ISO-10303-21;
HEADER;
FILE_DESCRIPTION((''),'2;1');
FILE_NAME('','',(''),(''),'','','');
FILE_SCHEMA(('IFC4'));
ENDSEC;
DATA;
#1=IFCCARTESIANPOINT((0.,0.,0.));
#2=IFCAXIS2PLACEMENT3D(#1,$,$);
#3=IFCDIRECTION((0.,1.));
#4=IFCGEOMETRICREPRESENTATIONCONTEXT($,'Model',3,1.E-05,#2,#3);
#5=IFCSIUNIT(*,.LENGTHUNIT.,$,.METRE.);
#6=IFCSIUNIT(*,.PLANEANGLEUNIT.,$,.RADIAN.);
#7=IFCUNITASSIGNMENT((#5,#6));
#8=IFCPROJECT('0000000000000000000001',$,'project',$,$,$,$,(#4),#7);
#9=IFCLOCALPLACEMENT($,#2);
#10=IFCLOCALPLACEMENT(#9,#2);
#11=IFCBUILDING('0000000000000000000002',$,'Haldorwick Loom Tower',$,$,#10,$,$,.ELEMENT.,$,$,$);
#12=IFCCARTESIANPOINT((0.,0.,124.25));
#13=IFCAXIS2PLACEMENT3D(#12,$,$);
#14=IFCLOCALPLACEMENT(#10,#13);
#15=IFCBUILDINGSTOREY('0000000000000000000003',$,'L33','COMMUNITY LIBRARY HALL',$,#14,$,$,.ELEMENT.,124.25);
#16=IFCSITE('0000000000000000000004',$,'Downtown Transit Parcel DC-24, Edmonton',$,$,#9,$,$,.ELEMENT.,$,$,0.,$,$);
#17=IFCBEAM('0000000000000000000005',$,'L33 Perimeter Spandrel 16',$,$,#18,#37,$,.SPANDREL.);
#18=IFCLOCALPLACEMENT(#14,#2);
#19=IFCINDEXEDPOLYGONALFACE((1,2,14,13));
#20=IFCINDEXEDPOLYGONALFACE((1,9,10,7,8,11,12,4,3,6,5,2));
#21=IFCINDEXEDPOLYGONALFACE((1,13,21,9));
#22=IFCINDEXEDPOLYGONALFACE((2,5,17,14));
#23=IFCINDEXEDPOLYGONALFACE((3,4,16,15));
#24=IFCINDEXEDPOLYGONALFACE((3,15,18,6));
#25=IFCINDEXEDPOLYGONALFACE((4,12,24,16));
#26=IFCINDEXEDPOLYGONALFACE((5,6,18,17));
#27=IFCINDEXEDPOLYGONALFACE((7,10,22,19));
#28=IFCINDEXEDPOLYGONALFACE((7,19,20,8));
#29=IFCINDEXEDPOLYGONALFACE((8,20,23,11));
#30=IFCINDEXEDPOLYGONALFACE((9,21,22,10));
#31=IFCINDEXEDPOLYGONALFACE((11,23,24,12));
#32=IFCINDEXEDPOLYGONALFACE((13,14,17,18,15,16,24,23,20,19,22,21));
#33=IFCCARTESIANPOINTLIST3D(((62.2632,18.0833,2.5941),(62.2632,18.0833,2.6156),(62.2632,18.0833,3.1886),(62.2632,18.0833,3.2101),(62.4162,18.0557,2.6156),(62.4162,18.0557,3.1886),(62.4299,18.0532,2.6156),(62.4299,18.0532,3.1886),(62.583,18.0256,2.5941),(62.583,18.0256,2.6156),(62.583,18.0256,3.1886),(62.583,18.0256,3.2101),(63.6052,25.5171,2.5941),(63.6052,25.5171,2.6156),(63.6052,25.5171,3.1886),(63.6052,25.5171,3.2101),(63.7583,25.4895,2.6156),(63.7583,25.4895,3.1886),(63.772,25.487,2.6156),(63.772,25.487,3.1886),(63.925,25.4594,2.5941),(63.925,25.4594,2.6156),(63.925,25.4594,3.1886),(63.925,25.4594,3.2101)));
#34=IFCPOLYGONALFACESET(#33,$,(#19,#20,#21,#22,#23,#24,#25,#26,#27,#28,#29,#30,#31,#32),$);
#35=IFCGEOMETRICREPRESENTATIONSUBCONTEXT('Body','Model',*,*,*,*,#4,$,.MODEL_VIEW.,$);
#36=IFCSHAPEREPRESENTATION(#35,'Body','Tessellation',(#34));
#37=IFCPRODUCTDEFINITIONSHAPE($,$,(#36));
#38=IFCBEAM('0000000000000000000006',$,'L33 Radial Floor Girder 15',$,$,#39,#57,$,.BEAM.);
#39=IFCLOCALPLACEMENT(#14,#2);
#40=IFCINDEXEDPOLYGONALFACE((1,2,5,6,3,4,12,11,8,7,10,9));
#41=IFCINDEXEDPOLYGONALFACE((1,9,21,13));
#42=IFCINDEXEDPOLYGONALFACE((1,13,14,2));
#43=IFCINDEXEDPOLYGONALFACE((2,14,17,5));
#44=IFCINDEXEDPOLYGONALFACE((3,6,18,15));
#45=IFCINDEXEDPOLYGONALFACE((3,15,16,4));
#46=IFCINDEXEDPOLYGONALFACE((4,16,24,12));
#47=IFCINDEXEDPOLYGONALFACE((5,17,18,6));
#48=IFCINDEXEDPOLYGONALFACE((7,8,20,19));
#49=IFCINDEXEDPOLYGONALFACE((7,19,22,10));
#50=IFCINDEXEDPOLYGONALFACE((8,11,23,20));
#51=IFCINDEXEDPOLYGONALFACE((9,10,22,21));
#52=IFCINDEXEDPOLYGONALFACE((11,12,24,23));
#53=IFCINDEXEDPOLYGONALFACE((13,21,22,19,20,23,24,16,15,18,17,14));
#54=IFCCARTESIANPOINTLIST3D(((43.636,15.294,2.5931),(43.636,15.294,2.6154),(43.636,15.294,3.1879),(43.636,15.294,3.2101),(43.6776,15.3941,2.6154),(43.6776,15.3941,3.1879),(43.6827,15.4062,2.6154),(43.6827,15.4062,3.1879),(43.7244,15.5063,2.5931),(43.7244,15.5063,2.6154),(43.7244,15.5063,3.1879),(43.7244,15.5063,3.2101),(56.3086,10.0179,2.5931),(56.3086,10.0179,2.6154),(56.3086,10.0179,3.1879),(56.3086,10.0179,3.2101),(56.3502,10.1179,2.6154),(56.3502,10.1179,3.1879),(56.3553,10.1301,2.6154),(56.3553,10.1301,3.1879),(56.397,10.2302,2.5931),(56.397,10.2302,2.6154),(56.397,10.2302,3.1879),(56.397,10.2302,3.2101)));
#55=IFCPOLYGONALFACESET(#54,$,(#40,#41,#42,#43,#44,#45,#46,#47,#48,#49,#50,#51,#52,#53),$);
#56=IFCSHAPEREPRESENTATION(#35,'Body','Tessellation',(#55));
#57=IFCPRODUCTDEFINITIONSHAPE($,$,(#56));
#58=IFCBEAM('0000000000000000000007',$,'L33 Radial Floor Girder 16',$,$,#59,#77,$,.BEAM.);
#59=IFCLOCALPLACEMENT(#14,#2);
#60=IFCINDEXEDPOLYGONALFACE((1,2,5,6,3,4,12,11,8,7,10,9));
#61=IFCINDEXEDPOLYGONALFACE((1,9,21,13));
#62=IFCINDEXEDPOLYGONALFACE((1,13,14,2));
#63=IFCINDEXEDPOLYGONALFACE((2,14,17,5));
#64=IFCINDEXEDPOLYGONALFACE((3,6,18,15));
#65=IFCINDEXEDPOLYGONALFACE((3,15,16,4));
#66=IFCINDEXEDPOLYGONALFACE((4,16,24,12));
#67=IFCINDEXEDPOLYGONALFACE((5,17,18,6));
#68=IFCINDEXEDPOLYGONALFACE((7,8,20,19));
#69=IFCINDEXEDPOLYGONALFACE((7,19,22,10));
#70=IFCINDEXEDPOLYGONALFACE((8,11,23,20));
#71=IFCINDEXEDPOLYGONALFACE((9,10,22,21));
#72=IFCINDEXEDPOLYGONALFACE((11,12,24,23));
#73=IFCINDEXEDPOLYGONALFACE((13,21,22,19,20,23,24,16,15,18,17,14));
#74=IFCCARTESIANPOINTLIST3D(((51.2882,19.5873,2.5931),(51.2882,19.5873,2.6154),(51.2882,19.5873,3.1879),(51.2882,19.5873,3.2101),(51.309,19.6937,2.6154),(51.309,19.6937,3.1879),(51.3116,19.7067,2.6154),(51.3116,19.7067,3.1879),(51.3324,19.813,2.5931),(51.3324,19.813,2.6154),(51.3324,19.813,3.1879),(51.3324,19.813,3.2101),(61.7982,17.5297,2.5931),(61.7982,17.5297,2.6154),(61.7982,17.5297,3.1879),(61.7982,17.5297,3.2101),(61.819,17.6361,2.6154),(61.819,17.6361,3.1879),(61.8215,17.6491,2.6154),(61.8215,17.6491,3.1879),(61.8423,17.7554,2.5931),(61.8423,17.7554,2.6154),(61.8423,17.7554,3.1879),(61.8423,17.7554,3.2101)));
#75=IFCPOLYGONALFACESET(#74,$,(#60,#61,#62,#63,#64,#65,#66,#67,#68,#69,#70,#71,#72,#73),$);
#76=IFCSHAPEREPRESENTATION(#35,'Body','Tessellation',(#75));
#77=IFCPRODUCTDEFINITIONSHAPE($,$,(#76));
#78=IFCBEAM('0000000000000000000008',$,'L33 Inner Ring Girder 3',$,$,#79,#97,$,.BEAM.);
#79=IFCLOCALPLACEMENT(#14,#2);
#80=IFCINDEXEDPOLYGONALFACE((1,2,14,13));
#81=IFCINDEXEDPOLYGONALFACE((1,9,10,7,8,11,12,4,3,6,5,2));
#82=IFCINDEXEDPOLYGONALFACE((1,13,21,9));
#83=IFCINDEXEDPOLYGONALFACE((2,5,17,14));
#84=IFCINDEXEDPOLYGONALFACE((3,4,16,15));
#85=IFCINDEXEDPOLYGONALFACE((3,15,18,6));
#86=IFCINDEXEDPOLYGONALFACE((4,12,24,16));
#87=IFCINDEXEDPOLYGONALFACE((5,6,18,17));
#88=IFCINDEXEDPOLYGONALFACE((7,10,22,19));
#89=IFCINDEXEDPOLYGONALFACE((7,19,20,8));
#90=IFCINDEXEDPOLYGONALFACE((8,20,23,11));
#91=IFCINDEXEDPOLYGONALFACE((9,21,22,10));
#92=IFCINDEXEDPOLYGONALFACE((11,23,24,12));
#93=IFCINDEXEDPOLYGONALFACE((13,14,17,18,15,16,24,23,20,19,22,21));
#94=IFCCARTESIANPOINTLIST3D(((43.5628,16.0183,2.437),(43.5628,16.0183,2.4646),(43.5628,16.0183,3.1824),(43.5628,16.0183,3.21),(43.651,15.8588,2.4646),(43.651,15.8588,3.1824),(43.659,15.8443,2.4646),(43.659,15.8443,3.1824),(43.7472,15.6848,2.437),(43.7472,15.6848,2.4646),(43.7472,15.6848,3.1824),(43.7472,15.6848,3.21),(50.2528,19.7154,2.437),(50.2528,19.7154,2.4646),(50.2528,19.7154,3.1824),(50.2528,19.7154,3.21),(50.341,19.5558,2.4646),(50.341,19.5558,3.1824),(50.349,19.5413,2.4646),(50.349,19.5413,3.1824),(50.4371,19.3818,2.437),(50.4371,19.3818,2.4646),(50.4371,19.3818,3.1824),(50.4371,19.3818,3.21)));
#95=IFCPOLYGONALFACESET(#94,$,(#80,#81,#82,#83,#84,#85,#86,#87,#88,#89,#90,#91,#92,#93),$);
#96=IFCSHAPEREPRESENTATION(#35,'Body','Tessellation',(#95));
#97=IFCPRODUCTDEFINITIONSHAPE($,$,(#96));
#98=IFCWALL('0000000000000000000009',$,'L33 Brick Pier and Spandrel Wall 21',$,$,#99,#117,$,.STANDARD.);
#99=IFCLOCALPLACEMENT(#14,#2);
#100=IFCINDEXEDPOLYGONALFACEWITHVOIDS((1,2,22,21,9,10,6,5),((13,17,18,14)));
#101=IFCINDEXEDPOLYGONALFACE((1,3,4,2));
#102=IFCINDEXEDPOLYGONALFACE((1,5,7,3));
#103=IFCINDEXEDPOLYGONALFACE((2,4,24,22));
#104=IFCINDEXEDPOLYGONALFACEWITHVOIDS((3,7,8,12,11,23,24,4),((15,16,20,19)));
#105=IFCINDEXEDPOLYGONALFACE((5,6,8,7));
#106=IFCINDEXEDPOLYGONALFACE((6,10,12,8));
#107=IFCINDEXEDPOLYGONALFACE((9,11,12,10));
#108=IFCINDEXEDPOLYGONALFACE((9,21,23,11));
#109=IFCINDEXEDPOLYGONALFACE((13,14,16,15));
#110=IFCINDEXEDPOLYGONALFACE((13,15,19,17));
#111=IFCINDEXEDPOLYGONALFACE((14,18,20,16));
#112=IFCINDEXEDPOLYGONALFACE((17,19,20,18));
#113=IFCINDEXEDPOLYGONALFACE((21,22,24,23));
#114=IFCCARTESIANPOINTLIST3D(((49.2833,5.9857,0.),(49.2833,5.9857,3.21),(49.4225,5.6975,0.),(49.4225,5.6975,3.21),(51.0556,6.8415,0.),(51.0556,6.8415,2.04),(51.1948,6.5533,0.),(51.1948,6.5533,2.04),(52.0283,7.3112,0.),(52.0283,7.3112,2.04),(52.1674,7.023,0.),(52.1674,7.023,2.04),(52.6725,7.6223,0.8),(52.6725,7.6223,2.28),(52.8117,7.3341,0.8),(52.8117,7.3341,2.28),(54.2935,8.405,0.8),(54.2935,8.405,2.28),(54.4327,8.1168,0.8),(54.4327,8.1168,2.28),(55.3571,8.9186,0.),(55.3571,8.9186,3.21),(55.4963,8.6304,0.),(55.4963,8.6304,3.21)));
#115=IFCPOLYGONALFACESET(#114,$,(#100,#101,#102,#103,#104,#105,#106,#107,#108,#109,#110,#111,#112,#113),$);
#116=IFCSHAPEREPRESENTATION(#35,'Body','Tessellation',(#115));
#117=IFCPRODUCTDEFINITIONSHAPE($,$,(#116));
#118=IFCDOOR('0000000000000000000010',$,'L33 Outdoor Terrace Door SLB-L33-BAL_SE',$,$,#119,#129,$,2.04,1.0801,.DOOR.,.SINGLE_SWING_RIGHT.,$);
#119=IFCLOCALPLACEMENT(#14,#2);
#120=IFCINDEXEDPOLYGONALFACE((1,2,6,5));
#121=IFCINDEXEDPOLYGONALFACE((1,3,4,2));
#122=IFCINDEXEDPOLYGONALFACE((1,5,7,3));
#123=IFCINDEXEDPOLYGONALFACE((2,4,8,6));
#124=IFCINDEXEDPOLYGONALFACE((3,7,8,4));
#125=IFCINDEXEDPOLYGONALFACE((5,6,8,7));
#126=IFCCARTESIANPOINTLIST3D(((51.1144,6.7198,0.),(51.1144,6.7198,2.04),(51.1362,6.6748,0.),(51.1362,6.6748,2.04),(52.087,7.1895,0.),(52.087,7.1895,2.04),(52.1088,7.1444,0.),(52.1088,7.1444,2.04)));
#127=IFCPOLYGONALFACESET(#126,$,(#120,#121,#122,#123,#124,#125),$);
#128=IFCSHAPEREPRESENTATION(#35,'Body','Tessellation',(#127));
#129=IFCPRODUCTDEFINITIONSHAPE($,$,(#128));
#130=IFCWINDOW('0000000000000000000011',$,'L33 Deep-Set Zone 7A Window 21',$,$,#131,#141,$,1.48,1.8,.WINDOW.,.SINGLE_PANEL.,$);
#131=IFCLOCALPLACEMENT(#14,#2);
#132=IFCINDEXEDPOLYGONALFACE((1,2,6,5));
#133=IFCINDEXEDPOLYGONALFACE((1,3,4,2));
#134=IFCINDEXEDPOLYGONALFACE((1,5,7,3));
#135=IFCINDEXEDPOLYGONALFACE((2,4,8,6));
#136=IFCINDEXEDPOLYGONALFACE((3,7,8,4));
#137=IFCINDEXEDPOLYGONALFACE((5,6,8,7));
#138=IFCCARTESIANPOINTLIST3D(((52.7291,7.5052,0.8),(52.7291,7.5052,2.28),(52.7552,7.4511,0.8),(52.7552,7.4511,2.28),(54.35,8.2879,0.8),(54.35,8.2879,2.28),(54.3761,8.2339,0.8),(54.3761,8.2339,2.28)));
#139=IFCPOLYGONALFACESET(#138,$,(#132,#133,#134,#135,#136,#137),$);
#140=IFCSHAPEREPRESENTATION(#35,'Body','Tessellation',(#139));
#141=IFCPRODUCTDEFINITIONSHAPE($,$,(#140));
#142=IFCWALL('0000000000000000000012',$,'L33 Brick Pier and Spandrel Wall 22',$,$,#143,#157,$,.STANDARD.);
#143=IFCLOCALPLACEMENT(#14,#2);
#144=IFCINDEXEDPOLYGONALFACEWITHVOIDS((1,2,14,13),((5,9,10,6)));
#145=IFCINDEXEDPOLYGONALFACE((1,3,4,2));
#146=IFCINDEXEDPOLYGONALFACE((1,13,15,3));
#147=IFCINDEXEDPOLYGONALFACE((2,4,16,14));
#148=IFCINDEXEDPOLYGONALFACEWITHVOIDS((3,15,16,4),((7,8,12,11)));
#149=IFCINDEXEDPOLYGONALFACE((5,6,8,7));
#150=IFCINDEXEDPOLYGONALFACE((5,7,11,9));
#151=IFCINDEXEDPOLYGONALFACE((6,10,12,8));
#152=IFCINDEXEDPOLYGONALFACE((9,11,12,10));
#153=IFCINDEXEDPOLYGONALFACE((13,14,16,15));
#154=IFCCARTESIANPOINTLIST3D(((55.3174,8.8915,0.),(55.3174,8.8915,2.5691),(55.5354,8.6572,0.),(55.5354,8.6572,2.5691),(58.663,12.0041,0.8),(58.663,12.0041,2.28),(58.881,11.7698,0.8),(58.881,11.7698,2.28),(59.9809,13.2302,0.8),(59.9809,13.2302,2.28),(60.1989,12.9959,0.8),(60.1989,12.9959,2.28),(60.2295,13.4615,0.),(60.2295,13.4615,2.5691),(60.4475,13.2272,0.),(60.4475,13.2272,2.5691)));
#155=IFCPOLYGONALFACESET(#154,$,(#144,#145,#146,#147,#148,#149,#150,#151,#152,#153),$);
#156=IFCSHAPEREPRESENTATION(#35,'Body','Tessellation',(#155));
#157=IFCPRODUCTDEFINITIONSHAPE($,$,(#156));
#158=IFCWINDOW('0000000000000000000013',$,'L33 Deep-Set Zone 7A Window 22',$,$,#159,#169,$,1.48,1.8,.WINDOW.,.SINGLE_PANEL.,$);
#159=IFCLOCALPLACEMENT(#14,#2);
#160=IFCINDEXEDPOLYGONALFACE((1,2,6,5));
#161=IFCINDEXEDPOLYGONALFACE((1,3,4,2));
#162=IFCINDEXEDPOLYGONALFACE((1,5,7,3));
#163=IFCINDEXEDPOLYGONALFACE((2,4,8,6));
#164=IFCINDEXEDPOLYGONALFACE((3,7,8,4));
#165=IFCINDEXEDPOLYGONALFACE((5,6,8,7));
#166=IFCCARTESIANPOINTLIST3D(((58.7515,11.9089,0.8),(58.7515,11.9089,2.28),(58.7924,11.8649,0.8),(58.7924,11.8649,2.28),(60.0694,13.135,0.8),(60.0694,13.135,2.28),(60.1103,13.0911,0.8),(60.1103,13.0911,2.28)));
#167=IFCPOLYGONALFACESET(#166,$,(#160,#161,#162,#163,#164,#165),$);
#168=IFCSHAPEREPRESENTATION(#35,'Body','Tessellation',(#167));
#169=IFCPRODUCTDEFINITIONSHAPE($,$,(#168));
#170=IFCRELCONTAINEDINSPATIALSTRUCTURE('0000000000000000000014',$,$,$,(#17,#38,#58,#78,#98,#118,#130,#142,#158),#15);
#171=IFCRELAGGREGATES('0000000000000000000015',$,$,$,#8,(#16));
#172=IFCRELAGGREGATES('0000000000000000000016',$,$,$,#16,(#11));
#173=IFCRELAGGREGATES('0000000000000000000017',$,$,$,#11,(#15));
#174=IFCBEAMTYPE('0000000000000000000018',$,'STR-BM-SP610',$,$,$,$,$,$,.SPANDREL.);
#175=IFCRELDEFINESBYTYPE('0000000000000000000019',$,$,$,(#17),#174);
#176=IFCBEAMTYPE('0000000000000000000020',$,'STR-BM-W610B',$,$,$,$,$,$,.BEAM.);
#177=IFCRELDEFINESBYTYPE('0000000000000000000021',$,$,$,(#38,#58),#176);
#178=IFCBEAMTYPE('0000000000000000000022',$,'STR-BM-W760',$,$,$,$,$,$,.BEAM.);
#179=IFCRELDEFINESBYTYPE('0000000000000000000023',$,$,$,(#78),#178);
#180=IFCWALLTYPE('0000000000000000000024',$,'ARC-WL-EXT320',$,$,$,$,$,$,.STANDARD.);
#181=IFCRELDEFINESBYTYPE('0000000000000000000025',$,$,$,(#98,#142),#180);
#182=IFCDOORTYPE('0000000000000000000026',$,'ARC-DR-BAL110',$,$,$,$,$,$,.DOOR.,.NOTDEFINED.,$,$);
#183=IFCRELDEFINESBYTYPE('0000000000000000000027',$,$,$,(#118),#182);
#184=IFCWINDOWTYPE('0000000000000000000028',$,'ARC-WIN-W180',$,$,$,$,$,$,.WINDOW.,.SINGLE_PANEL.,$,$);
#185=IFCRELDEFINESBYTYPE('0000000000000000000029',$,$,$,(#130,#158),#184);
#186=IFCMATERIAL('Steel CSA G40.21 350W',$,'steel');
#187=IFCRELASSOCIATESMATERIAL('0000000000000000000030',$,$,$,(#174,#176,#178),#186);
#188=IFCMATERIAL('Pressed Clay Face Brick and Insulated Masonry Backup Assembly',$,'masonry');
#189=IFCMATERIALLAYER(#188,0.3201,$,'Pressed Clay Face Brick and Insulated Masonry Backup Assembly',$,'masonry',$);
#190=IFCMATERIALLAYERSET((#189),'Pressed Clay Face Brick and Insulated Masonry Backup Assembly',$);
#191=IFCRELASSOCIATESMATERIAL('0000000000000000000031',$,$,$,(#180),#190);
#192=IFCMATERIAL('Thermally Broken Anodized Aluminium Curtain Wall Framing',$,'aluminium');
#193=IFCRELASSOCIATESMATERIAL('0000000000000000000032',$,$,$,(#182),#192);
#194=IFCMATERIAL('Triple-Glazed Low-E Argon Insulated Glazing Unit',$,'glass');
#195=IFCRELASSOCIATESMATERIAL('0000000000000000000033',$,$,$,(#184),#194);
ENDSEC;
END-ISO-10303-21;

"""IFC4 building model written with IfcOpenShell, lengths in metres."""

from ifc_helpers import new_model, si_unit, direction, frame, frame_2d, origin, origin_2d, place, context, subcontext, project, spatial, rectangle, i_section, extrude, material, layer, layer_set, material_profile, profile_set, type_object, element, fill, save


model = new_model("IFC4")

# Units and contexts
model_context = context("Model", 3, precision=1e-05, world=origin(), true_north=direction((0.0, 1.0)))
body_context = subcontext(model_context, "Body", "Model", "MODEL_VIEW")
ifc_project = project(units=[si_unit("LENGTHUNIT", "METRE"), si_unit("PLANEANGLEUNIT", "RADIAN")], contexts=[model_context])

# Site, building, storey
site_placement = place(None, origin())
site = spatial("IfcSite", under=ifc_project, at=site_placement, Name="Downtown Transit Parcel DC-24, Edmonton", CompositionType="ELEMENT", RefElevation=0.0)
building_placement = place(site_placement, origin())
building = spatial("IfcBuilding", under=site, at=building_placement, Name="Haldorwick Loom Tower", CompositionType="ELEMENT")
storey_placement = place(building_placement, frame((0.0, 0.0, 124.25)))
storey = spatial("IfcBuildingStorey", under=building, at=storey_placement, Name="L33", Description="COMMUNITY LIBRARY HALL", CompositionType="ELEMENT", Elevation=124.25)

# Beams
ifc_material_1 = material(Name="Steel CSA G40.21 350W", Category="steel")
ifc_material_profile_1 = material_profile(ifc_material_1, i_section(OverallWidth=0.325, OverallDepth=0.616, WebThickness=0.0139, FlangeThickness=0.0215, at=origin_2d()), Name="W610X174", Category="steel")
ifc_profile_set_1 = profile_set([ifc_material_profile_1], Name="Steel CSA G40.21 350W")
beam_type_1 = type_object("IfcBeamType", Name="STR-BM-SP610", PredefinedType="SPANDREL", material=ifc_profile_set_1)
beam_1_placement = place(storey_placement, frame((62.4231, 18.0544, 2.9021), z_axis=(0.177659, 0.984092, 0.0), x_axis=(-0.984092, 0.177659, 0.0)))
element("IfcBeam", 1, at=beam_1_placement, inside=storey, type_object=beam_type_1, Name="L33 Perimeter Spandrel 16", PredefinedType="SPANDREL", context=body_context, shape_type="SweptSolid", body=[
    extrude(i_section(OverallWidth=0.325, OverallDepth=0.616, WebThickness=0.0139, FlangeThickness=0.0215, at=origin_2d()), origin(), (0.0, 0.0, 1.0), 7.554),
])
ifc_material_profile_2 = material_profile(ifc_material_1, i_section(OverallWidth=0.23, OverallDepth=0.6169, WebThickness=0.0132, FlangeThickness=0.0222, at=origin_2d()), Name="W610X140", Category="steel")
ifc_profile_set_2 = profile_set([ifc_material_profile_2], Name="Steel CSA G40.21 350W")
beam_type_2 = type_object("IfcBeamType", Name="STR-BM-W610B", PredefinedType="BEAM", material=ifc_profile_set_2)
beam_2_placement = place(storey_placement, frame((43.6802, 15.4001, 2.9016), z_axis=(0.923184, -0.384359, 0.0), x_axis=(0.384359, 0.923184, 0.0)))
element("IfcBeam", 2, at=beam_2_placement, inside=storey, type_object=beam_type_2, Name="L33 Radial Floor Girder 15", PredefinedType="BEAM", context=body_context, shape_type="SweptSolid", body=[
    extrude(i_section(OverallWidth=0.23, OverallDepth=0.6169, WebThickness=0.0132, FlangeThickness=0.0222, at=origin_2d()), origin(), (0.0, 0.0, 1.0), 13.7271),
])
beam_3_placement = place(storey_placement, frame((51.3103, 19.7002, 2.9016), z_axis=(0.98137, -0.192129, 0.0), x_axis=(0.192129, 0.98137, 0.0)))
element("IfcBeam", 3, at=beam_3_placement, inside=storey, type_object=beam_type_2, Name="L33 Radial Floor Girder 16", PredefinedType="BEAM", context=body_context, shape_type="SweptSolid", body=[
    extrude(i_section(OverallWidth=0.23, OverallDepth=0.6169, WebThickness=0.0132, FlangeThickness=0.0222, at=origin_2d()), origin(), (0.0, 0.0, 1.0), 10.7095),
])
ifc_material_profile_3 = material_profile(ifc_material_1, i_section(OverallWidth=0.3811, OverallDepth=0.7729, WebThickness=0.0166, FlangeThickness=0.0276, at=origin_2d()), Name="W760X257", Category="steel")
ifc_profile_set_3 = profile_set([ifc_material_profile_3], Name="Steel CSA G40.21 350W")
beam_type_3 = type_object("IfcBeamType", Name="STR-BM-W760", PredefinedType="BEAM", material=ifc_profile_set_3)
beam_4_placement = place(storey_placement, frame((50.345, 19.5486, 2.8235), z_axis=(-0.875244, -0.483681, 0.0), x_axis=(0.483681, -0.875244, 0.0)))
element("IfcBeam", 4, at=beam_4_placement, inside=storey, type_object=beam_type_3, Name="L33 Inner Ring Girder 3", PredefinedType="BEAM", context=body_context, shape_type="SweptSolid", body=[
    extrude(i_section(OverallWidth=0.3811, OverallDepth=0.7729, WebThickness=0.0166, FlangeThickness=0.0276, at=origin_2d()), origin(), (0.0, 0.0, 1.0), 7.6436),
])

# Wall, openings, door, window
ifc_material_2 = material(Name="Pressed Clay Face Brick and Insulated Masonry Backup Assembly", Category="masonry")
ifc_layer_1 = layer(ifc_material_2, 0.3201, Name="Pressed Clay Face Brick and Insulated Masonry Backup Assembly", Category="masonry")
ifc_layer_set_1 = layer_set([ifc_layer_1], Name="Pressed Clay Face Brick and Insulated Masonry Backup Assembly")
wall_type_1 = type_object("IfcWallType", Name="ARC-WL-EXT320", PredefinedType="STANDARD", material=ifc_layer_set_1)
wall_1_placement = place(storey_placement, frame((49.3528, 5.8416, 0.0), z_axis=(0.0, 0.0, 1.0), x_axis=(0.90051, 0.434835, 0.0)))
wall_1 = element("IfcWall", 5, at=wall_1_placement, inside=storey, type_object=wall_type_1, Name="L33 Brick Pier and Spandrel Wall 21", PredefinedType="STANDARD", context=body_context, shape_type="SweptSolid", body=[
    extrude(rectangle(XDim=6.7449, YDim=0.3201, at=frame_2d((3.3726, 0.0))), origin(), (0.0, 0.0, 1.0), 3.21),
])
opening_1_placement = place(wall_1_placement, frame((1.9683, 0.0, 0.0)))
opening_1 = element("IfcOpeningElement", 6, at=opening_1_placement, cuts=wall_1, PredefinedType="OPENING", context=body_context, shape_type="SweptSolid", body=[
    extrude(rectangle(XDim=1.0801, YDim=2.04, at=frame_2d((0.54, 1.02))), frame((0.0, 0.1699, 0.0), z_axis=(0.0, -1.0, 0.0), x_axis=(1.0, 0.0, 0.0)), (0.0, 0.0, 1.0), 0.3401),
])
opening_2_placement = place(wall_1_placement, frame((3.7639, 0.0, 0.8)))
opening_2 = element("IfcOpeningElement", 7, at=opening_2_placement, cuts=wall_1, PredefinedType="OPENING", context=body_context, shape_type="SweptSolid", body=[
    extrude(rectangle(XDim=1.8, YDim=1.48, at=frame_2d((0.8999, 0.74))), frame((0.0, 0.1699, 0.0), z_axis=(0.0, -1.0, 0.0), x_axis=(1.0, 0.0, 0.0)), (0.0, 0.0, 1.0), 0.3401),
])
ifc_material_3 = material(Name="Thermally Broken Anodized Aluminium Curtain Wall Framing", Category="aluminium")
door_type_1 = type_object("IfcDoorType", Name="ARC-DR-BAL110", OperationType="NOTDEFINED", PredefinedType="DOOR", material=ifc_material_3)
door_1_placement = place(opening_1_placement, origin())
door_1 = element("IfcDoor", 8, at=door_1_placement, inside=storey, type_object=door_type_1, Name="L33 Outdoor Terrace Door SLB-L33-BAL_SE", OperationType="SINGLE_SWING_RIGHT", OverallHeight=2.04, OverallWidth=1.0801, PredefinedType="DOOR", context=body_context, shape_type="SweptSolid", body=[
    extrude(rectangle(XDim=1.0801, YDim=2.04, at=frame_2d((0.54, 1.02))), frame((0.0, 0.0249, 0.0), z_axis=(0.0, -1.0, 0.0), x_axis=(1.0, 0.0, 0.0)), (0.0, 0.0, 1.0), 0.05),
])
fill(opening_1, door_1)
ifc_material_4 = material(Name="Triple-Glazed Low-E Argon Insulated Glazing Unit", Category="glass")
window_type = type_object("IfcWindowType", Name="ARC-WIN-W180", PartitioningType="SINGLE_PANEL", PredefinedType="WINDOW", material=ifc_material_4)
window_1_placement = place(opening_2_placement, origin())
window_1 = element("IfcWindow", 9, at=window_1_placement, inside=storey, type_object=window_type, Name="L33 Deep-Set Zone 7A Window 21", OverallHeight=1.48, OverallWidth=1.8, PartitioningType="SINGLE_PANEL", PredefinedType="WINDOW", context=body_context, shape_type="SweptSolid", body=[
    extrude(rectangle(XDim=1.8, YDim=1.48, at=frame_2d((0.8999, 0.74))), frame((0.0, 0.03, 0.0), z_axis=(0.0, -1.0, 0.0), x_axis=(1.0, 0.0, 0.0)), (0.0, 0.0, 1.0), 0.0601),
])
fill(opening_2, window_1)

# Wall, opening, window
wall_2_placement = place(storey_placement, frame((55.4265, 8.7744, 0.0), z_axis=(0.0, 0.0, 1.0), x_axis=(0.732137, 0.681157, 0.0)))
wall_2 = element("IfcWall", 10, at=wall_2_placement, inside=storey, type_object=wall_type_1, Name="L33 Brick Pier and Spandrel Wall 22", PredefinedType="STANDARD", context=body_context, shape_type="SweptSolid", body=[
    extrude(rectangle(XDim=6.7092, YDim=0.3201, at=frame_2d((3.3545, 0.0))), origin(), (0.0, 0.0, 1.0), 2.5691),
])
opening_3_placement = place(wall_2_placement, frame((4.5696, 0.0, 0.8)))
opening_3 = element("IfcOpeningElement", 11, at=opening_3_placement, cuts=wall_2, PredefinedType="OPENING", context=body_context, shape_type="SweptSolid", body=[
    extrude(rectangle(XDim=1.8, YDim=1.48, at=frame_2d((0.8999, 0.74))), frame((0.0, 0.1699, 0.0), z_axis=(0.0, -1.0, 0.0), x_axis=(1.0, 0.0, 0.0)), (0.0, 0.0, 1.0), 0.3401),
])
window_2_placement = place(opening_3_placement, origin())
window_2 = element("IfcWindow", 12, at=window_2_placement, inside=storey, type_object=window_type, Name="L33 Deep-Set Zone 7A Window 22", OverallHeight=1.48, OverallWidth=1.8, PartitioningType="SINGLE_PANEL", PredefinedType="WINDOW", context=body_context, shape_type="SweptSolid", body=[
    extrude(rectangle(XDim=1.8, YDim=1.48, at=frame_2d((0.8999, 0.74))), frame((0.0, 0.03, 0.0), z_axis=(0.0, -1.0, 0.0), x_axis=(1.0, 0.0, 0.0)), (0.0, 0.0, 1.0), 0.0601),
])
fill(opening_3, window_2)

save(model, "model.ifc")
